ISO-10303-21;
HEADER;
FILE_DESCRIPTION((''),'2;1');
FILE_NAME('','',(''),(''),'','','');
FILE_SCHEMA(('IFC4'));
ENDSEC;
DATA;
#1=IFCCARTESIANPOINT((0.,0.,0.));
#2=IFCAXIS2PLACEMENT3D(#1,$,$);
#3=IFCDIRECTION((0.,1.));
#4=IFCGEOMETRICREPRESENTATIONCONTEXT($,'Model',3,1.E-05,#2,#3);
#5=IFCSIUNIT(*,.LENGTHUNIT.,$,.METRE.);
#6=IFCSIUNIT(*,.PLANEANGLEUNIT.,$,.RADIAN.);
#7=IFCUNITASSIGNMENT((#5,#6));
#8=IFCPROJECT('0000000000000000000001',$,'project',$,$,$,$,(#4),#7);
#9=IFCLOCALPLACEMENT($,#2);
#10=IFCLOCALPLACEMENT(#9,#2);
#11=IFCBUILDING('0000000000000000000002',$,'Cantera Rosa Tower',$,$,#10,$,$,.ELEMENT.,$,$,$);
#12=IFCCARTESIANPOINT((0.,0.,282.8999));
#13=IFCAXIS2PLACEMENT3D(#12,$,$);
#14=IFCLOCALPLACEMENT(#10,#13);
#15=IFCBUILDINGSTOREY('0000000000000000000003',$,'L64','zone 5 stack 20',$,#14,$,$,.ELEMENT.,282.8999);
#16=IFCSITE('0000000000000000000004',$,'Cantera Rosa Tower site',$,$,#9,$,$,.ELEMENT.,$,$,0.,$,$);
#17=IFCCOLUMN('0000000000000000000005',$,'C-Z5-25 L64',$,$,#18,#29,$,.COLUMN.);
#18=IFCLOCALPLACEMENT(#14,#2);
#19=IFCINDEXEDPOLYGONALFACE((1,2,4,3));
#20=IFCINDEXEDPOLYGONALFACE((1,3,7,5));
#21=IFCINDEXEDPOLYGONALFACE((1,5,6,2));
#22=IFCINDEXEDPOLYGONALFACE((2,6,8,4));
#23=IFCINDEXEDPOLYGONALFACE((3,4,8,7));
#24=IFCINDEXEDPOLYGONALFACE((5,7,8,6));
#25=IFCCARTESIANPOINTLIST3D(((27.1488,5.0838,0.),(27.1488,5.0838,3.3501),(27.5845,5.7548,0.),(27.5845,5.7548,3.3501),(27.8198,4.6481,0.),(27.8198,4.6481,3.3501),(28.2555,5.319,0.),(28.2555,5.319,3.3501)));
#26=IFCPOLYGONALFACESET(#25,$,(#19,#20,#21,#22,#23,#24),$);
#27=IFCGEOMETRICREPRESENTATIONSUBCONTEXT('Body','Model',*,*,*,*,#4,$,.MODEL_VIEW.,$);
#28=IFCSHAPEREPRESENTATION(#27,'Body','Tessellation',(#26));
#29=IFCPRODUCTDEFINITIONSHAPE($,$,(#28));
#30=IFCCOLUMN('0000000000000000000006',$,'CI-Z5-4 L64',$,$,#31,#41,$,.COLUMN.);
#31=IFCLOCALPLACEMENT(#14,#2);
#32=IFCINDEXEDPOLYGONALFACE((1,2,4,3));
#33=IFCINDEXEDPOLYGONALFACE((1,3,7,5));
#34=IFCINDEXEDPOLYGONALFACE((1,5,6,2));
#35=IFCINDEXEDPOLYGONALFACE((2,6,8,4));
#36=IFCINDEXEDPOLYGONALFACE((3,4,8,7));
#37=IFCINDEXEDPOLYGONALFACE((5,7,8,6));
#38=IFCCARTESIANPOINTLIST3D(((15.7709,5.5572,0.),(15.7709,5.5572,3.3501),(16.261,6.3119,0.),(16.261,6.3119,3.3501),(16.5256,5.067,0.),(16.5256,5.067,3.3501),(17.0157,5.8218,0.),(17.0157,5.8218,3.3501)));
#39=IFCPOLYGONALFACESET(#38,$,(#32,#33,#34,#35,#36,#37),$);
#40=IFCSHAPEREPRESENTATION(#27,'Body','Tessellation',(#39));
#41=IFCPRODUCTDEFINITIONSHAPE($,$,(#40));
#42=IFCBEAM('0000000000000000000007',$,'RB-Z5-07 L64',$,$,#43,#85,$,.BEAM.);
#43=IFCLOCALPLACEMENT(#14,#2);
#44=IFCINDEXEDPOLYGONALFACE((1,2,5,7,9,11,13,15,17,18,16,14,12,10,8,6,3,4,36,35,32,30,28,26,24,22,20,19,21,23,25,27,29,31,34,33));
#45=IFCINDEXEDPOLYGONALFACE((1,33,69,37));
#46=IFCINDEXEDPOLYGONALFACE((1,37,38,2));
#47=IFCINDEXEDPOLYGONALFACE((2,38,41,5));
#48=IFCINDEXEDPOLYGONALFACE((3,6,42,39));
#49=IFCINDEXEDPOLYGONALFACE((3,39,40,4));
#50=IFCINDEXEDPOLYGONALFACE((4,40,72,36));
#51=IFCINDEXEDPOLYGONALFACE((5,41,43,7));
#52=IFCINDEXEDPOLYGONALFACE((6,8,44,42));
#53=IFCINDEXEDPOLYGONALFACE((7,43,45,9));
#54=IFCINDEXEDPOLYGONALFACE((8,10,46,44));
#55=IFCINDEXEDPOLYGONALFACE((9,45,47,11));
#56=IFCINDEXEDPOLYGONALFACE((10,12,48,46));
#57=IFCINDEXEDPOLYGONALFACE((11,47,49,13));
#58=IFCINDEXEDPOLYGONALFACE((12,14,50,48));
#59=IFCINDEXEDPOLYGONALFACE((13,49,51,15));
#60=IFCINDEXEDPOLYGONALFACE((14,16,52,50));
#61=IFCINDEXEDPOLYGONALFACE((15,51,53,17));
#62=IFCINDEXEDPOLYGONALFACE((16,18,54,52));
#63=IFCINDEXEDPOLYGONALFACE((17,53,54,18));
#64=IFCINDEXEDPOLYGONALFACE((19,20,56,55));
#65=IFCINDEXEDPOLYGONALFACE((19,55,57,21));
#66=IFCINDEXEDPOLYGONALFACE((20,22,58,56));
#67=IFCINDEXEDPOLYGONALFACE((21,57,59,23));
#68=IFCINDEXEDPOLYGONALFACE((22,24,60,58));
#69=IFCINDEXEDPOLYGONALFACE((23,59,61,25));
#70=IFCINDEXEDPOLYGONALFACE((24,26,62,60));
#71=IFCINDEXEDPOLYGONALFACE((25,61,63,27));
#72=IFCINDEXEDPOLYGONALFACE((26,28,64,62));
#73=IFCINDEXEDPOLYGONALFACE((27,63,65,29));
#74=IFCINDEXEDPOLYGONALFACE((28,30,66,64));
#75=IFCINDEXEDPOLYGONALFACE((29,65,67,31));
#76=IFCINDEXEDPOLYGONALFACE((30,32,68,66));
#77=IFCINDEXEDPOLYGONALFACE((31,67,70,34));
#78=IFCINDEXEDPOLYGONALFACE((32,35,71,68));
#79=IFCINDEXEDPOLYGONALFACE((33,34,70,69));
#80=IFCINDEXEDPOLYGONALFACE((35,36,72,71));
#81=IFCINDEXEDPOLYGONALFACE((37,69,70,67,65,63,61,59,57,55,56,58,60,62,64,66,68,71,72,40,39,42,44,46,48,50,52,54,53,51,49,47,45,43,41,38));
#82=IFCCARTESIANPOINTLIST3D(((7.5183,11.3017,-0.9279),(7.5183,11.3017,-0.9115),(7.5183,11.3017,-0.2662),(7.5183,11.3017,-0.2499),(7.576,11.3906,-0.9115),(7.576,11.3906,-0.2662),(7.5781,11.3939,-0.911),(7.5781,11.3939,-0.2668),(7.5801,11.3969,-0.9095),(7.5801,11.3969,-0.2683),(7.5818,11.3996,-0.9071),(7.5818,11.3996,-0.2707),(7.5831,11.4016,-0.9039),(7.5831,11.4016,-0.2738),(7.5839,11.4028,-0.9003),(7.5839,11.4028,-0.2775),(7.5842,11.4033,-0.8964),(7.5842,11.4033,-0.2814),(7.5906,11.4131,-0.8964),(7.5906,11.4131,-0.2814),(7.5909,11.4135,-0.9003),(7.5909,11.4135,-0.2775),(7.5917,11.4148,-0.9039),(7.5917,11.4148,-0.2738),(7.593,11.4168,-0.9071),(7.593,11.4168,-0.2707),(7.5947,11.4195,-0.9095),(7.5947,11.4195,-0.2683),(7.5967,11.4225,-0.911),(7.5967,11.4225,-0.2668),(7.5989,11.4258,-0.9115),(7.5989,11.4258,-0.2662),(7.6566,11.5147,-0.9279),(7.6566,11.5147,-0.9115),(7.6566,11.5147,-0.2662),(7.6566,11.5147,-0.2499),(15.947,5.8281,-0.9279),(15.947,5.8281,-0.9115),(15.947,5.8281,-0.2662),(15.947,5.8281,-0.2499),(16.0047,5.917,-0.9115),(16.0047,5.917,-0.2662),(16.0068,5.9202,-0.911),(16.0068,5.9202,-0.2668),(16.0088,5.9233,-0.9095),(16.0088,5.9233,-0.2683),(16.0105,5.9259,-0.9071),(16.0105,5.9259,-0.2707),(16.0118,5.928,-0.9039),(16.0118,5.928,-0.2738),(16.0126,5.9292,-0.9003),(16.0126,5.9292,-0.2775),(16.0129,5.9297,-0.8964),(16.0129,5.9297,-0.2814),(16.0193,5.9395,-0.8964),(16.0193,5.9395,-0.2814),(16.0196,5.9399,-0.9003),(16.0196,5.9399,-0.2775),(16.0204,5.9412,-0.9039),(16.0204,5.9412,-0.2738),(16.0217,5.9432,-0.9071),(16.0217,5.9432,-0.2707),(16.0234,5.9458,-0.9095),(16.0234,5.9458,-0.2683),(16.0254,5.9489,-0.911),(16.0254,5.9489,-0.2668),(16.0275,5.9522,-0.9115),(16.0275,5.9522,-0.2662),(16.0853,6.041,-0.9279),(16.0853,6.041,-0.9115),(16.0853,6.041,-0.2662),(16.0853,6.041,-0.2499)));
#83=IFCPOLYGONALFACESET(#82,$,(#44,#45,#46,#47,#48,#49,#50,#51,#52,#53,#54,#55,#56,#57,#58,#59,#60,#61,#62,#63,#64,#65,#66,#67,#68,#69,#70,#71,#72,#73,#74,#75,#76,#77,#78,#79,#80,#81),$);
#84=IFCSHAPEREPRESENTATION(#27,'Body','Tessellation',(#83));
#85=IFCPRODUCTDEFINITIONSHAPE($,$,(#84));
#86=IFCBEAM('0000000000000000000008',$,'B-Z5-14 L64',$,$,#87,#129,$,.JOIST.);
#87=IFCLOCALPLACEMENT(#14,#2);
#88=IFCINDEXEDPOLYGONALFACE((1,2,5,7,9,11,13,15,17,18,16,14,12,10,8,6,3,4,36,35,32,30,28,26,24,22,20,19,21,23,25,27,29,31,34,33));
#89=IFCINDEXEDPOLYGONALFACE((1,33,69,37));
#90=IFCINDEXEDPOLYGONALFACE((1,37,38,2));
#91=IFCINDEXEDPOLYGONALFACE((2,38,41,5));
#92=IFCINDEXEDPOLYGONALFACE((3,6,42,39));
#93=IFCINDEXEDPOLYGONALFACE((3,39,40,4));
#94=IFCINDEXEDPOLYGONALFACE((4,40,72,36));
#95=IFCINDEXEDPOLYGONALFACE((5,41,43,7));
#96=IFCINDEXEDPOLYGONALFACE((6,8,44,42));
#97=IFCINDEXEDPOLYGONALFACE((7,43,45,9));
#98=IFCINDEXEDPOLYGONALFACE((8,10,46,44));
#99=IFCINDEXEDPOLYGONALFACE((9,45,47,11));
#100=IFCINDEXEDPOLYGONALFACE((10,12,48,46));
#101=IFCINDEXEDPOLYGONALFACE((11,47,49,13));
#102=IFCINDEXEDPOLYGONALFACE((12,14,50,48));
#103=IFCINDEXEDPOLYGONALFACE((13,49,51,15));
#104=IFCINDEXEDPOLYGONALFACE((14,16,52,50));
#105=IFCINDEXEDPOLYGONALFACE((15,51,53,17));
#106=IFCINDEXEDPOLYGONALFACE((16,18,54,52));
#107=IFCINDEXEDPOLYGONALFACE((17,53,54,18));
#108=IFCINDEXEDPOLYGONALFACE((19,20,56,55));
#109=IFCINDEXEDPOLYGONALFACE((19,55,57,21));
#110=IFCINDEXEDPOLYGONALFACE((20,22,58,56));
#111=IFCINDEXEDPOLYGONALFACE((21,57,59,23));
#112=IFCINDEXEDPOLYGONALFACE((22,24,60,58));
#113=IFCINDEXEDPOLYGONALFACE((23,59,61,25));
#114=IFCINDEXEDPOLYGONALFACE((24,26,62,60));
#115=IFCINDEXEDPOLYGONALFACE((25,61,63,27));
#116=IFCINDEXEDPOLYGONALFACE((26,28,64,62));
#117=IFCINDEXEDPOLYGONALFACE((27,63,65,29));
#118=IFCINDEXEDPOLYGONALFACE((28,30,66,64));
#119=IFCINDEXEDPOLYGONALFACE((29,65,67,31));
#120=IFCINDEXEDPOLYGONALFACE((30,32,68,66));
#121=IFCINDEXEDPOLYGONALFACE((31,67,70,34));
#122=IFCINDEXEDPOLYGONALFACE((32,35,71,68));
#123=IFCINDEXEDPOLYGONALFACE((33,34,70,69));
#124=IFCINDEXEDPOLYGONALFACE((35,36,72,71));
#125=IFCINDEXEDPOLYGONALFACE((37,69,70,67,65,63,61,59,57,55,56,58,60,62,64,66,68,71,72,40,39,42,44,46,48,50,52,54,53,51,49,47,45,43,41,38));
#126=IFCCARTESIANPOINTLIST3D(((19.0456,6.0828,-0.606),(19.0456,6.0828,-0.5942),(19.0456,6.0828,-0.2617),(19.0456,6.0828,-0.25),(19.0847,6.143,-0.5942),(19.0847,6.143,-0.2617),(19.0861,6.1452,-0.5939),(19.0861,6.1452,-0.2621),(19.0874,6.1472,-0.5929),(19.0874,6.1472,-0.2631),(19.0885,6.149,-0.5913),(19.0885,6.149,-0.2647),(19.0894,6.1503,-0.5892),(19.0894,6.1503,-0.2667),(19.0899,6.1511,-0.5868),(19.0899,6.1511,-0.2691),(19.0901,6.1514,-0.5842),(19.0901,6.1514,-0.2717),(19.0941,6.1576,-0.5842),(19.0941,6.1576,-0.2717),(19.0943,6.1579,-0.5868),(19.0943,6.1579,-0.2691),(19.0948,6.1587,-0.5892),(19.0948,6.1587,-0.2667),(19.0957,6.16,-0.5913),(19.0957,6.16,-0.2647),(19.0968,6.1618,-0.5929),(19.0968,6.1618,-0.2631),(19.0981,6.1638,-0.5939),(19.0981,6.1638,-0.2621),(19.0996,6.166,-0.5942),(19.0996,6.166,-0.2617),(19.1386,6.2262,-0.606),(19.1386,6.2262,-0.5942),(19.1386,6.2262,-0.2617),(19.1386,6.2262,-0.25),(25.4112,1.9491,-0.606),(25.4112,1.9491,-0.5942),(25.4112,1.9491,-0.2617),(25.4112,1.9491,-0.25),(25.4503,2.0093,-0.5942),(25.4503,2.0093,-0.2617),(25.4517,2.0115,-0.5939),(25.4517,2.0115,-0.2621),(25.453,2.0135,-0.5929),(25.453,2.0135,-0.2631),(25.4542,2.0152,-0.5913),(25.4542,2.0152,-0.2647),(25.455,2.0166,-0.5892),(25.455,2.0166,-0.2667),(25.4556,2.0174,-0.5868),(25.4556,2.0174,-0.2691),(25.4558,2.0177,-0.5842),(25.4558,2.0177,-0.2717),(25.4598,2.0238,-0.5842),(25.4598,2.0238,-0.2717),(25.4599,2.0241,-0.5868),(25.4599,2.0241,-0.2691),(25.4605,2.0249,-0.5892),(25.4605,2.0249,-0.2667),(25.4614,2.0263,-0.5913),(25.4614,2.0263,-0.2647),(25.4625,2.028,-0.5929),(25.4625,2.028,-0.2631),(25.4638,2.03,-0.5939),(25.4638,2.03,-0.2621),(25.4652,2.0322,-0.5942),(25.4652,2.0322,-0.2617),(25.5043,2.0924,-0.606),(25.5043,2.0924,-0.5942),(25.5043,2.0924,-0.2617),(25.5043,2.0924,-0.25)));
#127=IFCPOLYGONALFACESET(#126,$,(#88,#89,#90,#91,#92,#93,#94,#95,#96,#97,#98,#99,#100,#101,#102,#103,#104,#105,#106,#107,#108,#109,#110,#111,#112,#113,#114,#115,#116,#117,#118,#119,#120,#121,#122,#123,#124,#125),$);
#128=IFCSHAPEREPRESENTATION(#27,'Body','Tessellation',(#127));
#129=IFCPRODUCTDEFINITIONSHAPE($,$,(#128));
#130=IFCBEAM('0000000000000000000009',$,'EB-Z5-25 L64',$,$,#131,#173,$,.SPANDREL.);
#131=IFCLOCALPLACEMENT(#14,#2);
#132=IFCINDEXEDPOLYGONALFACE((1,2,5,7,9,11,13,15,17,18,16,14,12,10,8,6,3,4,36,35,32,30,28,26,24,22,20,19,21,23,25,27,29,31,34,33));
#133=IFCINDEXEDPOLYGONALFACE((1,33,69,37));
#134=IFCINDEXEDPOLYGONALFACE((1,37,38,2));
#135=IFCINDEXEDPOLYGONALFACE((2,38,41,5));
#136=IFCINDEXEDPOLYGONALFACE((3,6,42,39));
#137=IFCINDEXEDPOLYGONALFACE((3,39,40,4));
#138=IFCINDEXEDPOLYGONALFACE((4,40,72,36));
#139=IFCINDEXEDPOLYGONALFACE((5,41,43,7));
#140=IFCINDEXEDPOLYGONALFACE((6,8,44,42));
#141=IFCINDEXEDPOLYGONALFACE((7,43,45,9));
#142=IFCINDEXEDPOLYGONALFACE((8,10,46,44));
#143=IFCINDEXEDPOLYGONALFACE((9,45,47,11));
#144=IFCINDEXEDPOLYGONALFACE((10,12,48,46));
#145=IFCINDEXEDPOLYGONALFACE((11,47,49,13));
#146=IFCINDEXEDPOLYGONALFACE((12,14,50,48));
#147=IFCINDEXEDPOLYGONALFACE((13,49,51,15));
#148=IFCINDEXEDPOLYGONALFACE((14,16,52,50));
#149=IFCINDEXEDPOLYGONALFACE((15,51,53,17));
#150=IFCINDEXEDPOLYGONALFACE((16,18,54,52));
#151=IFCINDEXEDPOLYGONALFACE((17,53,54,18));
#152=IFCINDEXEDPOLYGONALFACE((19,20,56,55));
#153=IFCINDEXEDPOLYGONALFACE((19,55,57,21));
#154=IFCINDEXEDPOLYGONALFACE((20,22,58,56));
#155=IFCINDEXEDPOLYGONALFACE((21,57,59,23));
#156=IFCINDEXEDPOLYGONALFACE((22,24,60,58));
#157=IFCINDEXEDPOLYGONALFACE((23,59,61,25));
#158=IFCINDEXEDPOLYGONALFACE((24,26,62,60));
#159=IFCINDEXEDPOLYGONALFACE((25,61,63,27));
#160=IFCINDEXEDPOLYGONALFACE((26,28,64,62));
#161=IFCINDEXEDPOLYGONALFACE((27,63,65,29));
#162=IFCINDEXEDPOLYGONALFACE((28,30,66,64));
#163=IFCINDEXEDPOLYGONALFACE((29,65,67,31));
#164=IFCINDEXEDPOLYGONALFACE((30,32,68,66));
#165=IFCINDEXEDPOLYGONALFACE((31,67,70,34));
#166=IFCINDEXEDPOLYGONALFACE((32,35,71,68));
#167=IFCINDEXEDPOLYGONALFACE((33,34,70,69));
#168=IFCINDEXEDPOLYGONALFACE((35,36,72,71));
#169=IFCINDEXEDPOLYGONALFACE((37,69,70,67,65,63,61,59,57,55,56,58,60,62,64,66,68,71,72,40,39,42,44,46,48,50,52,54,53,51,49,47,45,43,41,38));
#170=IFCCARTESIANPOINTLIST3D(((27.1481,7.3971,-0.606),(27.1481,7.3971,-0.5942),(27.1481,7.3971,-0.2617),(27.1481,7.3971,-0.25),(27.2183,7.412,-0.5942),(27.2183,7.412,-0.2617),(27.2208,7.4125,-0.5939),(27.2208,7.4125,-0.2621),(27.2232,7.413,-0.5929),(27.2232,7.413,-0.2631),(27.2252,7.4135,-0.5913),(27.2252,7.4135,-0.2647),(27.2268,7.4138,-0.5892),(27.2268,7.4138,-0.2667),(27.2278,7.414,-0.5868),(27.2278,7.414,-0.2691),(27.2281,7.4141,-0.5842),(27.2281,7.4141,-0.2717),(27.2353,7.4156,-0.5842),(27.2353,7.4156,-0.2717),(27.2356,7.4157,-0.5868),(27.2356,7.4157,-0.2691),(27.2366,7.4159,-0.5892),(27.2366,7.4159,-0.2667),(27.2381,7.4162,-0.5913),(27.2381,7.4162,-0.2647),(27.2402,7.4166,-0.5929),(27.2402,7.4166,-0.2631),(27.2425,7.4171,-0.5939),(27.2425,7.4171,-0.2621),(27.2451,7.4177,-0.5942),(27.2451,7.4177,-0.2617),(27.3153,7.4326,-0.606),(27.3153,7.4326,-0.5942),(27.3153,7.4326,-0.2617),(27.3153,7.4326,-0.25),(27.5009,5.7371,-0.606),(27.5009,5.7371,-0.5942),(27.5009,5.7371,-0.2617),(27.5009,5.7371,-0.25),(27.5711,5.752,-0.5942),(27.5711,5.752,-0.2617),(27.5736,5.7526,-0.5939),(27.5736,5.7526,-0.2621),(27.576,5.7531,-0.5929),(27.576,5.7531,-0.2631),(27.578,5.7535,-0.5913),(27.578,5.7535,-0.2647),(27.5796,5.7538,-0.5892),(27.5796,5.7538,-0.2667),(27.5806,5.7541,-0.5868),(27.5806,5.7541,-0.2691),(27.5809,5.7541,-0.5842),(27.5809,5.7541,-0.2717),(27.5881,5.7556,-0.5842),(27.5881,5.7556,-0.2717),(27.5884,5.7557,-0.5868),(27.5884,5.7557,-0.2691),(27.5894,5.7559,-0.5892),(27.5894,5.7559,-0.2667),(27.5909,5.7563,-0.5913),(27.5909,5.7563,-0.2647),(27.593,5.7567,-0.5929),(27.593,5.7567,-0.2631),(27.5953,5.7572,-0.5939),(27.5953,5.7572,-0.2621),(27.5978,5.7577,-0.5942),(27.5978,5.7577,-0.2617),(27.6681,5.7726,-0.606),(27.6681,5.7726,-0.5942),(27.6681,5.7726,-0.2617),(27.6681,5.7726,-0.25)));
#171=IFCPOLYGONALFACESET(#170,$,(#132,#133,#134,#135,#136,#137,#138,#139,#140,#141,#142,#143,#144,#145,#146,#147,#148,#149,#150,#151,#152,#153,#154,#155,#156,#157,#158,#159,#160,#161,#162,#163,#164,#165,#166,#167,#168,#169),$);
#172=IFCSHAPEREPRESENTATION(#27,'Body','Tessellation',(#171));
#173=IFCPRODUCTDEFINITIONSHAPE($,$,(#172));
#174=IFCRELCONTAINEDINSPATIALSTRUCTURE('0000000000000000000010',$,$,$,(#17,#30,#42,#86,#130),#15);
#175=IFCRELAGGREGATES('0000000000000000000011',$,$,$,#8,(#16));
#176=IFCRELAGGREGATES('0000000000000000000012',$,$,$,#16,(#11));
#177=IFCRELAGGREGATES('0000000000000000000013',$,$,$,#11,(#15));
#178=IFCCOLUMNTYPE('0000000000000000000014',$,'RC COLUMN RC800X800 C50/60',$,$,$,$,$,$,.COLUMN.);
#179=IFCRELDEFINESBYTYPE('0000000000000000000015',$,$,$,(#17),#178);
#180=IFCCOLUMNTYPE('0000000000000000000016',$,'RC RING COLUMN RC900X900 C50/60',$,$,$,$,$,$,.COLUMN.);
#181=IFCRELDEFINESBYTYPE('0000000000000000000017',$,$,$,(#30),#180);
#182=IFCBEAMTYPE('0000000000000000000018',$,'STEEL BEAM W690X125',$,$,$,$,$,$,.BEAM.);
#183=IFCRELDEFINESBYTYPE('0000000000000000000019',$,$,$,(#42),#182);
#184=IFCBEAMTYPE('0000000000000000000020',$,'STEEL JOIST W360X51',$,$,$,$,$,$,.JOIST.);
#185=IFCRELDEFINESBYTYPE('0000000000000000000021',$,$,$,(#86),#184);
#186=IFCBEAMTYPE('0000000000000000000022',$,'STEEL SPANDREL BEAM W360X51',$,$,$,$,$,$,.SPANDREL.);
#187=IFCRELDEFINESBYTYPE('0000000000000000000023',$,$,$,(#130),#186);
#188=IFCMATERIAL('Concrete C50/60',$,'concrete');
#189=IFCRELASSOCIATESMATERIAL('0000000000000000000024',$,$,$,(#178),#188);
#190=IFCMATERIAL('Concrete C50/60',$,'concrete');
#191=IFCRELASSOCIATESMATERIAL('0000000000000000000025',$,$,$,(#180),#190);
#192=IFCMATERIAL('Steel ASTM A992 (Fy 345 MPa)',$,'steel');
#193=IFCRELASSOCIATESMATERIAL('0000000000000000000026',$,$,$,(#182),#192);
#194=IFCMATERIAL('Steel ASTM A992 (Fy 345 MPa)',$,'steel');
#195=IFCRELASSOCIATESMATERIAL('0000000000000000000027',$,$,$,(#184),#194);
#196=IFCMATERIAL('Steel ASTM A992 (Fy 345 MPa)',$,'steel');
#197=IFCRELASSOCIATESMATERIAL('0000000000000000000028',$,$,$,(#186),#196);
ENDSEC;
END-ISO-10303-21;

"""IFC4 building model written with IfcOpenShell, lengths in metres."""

from ifc_helpers import new_model, si_unit, direction, frame, origin, origin_2d, place, context, subcontext, project, spatial, rectangle, i_section, extrude, material, material_profile, profile_set, type_object, element, save


model = new_model("IFC4")

# Units and contexts
model_context = context("Model", 3, precision=1e-05, world=origin(), true_north=direction((0.0, 1.0)))
body_context = subcontext(model_context, "Body", "Model", "MODEL_VIEW")
ifc_project = project(units=[si_unit("LENGTHUNIT", "METRE"), si_unit("PLANEANGLEUNIT", "RADIAN")], contexts=[model_context])

# Site, building, storey
site_placement = place(None, origin())
site = spatial("IfcSite", under=ifc_project, at=site_placement, Name="Cantera Rosa Tower site", CompositionType="ELEMENT", RefElevation=0.0)
building_placement = place(site_placement, origin())
building = spatial("IfcBuilding", under=site, at=building_placement, Name="Cantera Rosa Tower", CompositionType="ELEMENT")
storey_placement = place(building_placement, frame((0.0, 0.0, 282.8999)))
storey = spatial("IfcBuildingStorey", under=building, at=storey_placement, Name="L64", Description="zone 5 stack 20", CompositionType="ELEMENT", Elevation=282.8999)

# Columns
ifc_material_1 = material(Name="Concrete C50/60", Category="concrete")
ifc_material_profile_1 = material_profile(ifc_material_1, rectangle(XDim=0.8, YDim=0.8, at=origin_2d()), Name="RC COLUMN RC800X800 C50/60")
ifc_profile_set_1 = profile_set([ifc_material_profile_1], Name="Concrete C50/60")
column_type_1 = type_object("IfcColumnType", Name="RC COLUMN RC800X800 C50/60", PredefinedType="COLUMN", material=ifc_profile_set_1)
column_1_placement = place(storey_placement, frame((27.7021, 5.2014, 0.0), z_axis=(0.0, 0.0, 1.0), x_axis=(0.544639, 0.838671, 0.0)))
element("IfcColumn", 1, at=column_1_placement, inside=storey, type_object=column_type_1, Name="C-Z5-25 L64", PredefinedType="COLUMN", context=body_context, shape_type="SweptSolid", body=[
    extrude(rectangle(XDim=0.8, YDim=0.8, at=origin_2d()), origin(), (0.0, 0.0, 1.0), 3.3501),
])
ifc_material_2 = material(Name="Concrete C50/60", Category="concrete")
ifc_material_profile_2 = material_profile(ifc_material_2, rectangle(XDim=0.8999, YDim=0.8999, at=origin_2d()), Name="RC RING COLUMN RC900X900 C50/60")
ifc_profile_set_2 = profile_set([ifc_material_profile_2], Name="Concrete C50/60")
column_type_2 = type_object("IfcColumnType", Name="RC RING COLUMN RC900X900 C50/60", PredefinedType="COLUMN", material=ifc_profile_set_2)
column_2_placement = place(storey_placement, frame((16.3933, 5.6895, 0.0), z_axis=(0.0, 0.0, 1.0), x_axis=(0.544639, 0.838671, 0.0)))
element("IfcColumn", 2, at=column_2_placement, inside=storey, type_object=column_type_2, Name="CI-Z5-4 L64", PredefinedType="COLUMN", context=body_context, shape_type="SweptSolid", body=[
    extrude(rectangle(XDim=0.8999, YDim=0.8999, at=origin_2d()), origin(), (0.0, 0.0, 1.0), 3.3501),
])

# Beams
ifc_material_3 = material(Name="Steel ASTM A992 (Fy 345 MPa)", Category="steel")
ifc_material_profile_3 = material_profile(ifc_material_3, i_section(OverallWidth=0.2539, OverallDepth=0.678, WebThickness=0.0117, FlangeThickness=0.0164, FilletRadius=0.0151, at=origin_2d()), Name="W690X125")
ifc_profile_set_3 = profile_set([ifc_material_profile_3], Name="Steel ASTM A992 (Fy 345 MPa)")
beam_type_1 = type_object("IfcBeamType", Name="STEEL BEAM W690X125", PredefinedType="BEAM", material=ifc_profile_set_3)
beam_1_placement = place(storey_placement, frame((16.0161, 5.9346, -0.5889), z_axis=(-0.838672, 0.544637, 0.0), x_axis=(-0.544637, -0.838672, 0.0)))
element("IfcBeam", 3, at=beam_1_placement, inside=storey, type_object=beam_type_1, Name="RB-Z5-07 L64", PredefinedType="BEAM", context=body_context, shape_type="SweptSolid", body=[
    extrude(i_section(OverallWidth=0.2539, OverallDepth=0.678, WebThickness=0.0117, FlangeThickness=0.0164, FilletRadius=0.0151, at=origin_2d()), origin(), (0.0, 0.0, 1.0), 10.05),
])
ifc_material_4 = material(Name="Steel ASTM A992 (Fy 345 MPa)", Category="steel")
ifc_material_profile_4 = material_profile(ifc_material_4, i_section(OverallWidth=0.1709, OverallDepth=0.356, WebThickness=0.0073, FlangeThickness=0.0117, FilletRadius=0.01, at=origin_2d()), Name="W360X51")
ifc_profile_set_4 = profile_set([ifc_material_profile_4], Name="Steel ASTM A992 (Fy 345 MPa)")
beam_type_2 = type_object("IfcBeamType", Name="STEEL JOIST W360X51", PredefinedType="JOIST", material=ifc_profile_set_4)
beam_2_placement = place(storey_placement, frame((25.4578, 2.0208, -0.428), z_axis=(-0.83868, 0.544624, 0.0), x_axis=(-0.544624, -0.83868, 0.0)))
element("IfcBeam", 4, at=beam_2_placement, inside=storey, type_object=beam_type_2, Name="B-Z5-14 L64", PredefinedType="JOIST", context=body_context, shape_type="SweptSolid", body=[
    extrude(i_section(OverallWidth=0.1709, OverallDepth=0.356, WebThickness=0.0073, FlangeThickness=0.0117, FilletRadius=0.01, at=origin_2d()), origin(), (0.0, 0.0, 1.0), 7.5901),
])
ifc_material_5 = material(Name="Steel ASTM A992 (Fy 345 MPa)", Category="steel")
ifc_material_profile_5 = material_profile(ifc_material_5, i_section(OverallWidth=0.1709, OverallDepth=0.356, WebThickness=0.0073, FlangeThickness=0.0117, FilletRadius=0.01, at=origin_2d()), Name="W360X51")
ifc_profile_set_5 = profile_set([ifc_material_profile_5], Name="Steel ASTM A992 (Fy 345 MPa)")
beam_type_3 = type_object("IfcBeamType", Name="STEEL SPANDREL BEAM W360X51", PredefinedType="SPANDREL", material=ifc_profile_set_5)
beam_3_placement = place(storey_placement, frame((27.5845, 5.7549, -0.428), z_axis=(-0.207888, 0.978153, 0.0), x_axis=(-0.978153, -0.207888, 0.0)))
element("IfcBeam", 5, at=beam_3_placement, inside=storey, type_object=beam_type_3, Name="EB-Z5-25 L64", PredefinedType="SPANDREL", context=body_context, shape_type="SweptSolid", body=[
    extrude(i_section(OverallWidth=0.1709, OverallDepth=0.356, WebThickness=0.0073, FlangeThickness=0.0117, FilletRadius=0.01, at=origin_2d()), origin(), (0.0, 0.0, 1.0), 1.697),
])

save(model, "model.ifc")
